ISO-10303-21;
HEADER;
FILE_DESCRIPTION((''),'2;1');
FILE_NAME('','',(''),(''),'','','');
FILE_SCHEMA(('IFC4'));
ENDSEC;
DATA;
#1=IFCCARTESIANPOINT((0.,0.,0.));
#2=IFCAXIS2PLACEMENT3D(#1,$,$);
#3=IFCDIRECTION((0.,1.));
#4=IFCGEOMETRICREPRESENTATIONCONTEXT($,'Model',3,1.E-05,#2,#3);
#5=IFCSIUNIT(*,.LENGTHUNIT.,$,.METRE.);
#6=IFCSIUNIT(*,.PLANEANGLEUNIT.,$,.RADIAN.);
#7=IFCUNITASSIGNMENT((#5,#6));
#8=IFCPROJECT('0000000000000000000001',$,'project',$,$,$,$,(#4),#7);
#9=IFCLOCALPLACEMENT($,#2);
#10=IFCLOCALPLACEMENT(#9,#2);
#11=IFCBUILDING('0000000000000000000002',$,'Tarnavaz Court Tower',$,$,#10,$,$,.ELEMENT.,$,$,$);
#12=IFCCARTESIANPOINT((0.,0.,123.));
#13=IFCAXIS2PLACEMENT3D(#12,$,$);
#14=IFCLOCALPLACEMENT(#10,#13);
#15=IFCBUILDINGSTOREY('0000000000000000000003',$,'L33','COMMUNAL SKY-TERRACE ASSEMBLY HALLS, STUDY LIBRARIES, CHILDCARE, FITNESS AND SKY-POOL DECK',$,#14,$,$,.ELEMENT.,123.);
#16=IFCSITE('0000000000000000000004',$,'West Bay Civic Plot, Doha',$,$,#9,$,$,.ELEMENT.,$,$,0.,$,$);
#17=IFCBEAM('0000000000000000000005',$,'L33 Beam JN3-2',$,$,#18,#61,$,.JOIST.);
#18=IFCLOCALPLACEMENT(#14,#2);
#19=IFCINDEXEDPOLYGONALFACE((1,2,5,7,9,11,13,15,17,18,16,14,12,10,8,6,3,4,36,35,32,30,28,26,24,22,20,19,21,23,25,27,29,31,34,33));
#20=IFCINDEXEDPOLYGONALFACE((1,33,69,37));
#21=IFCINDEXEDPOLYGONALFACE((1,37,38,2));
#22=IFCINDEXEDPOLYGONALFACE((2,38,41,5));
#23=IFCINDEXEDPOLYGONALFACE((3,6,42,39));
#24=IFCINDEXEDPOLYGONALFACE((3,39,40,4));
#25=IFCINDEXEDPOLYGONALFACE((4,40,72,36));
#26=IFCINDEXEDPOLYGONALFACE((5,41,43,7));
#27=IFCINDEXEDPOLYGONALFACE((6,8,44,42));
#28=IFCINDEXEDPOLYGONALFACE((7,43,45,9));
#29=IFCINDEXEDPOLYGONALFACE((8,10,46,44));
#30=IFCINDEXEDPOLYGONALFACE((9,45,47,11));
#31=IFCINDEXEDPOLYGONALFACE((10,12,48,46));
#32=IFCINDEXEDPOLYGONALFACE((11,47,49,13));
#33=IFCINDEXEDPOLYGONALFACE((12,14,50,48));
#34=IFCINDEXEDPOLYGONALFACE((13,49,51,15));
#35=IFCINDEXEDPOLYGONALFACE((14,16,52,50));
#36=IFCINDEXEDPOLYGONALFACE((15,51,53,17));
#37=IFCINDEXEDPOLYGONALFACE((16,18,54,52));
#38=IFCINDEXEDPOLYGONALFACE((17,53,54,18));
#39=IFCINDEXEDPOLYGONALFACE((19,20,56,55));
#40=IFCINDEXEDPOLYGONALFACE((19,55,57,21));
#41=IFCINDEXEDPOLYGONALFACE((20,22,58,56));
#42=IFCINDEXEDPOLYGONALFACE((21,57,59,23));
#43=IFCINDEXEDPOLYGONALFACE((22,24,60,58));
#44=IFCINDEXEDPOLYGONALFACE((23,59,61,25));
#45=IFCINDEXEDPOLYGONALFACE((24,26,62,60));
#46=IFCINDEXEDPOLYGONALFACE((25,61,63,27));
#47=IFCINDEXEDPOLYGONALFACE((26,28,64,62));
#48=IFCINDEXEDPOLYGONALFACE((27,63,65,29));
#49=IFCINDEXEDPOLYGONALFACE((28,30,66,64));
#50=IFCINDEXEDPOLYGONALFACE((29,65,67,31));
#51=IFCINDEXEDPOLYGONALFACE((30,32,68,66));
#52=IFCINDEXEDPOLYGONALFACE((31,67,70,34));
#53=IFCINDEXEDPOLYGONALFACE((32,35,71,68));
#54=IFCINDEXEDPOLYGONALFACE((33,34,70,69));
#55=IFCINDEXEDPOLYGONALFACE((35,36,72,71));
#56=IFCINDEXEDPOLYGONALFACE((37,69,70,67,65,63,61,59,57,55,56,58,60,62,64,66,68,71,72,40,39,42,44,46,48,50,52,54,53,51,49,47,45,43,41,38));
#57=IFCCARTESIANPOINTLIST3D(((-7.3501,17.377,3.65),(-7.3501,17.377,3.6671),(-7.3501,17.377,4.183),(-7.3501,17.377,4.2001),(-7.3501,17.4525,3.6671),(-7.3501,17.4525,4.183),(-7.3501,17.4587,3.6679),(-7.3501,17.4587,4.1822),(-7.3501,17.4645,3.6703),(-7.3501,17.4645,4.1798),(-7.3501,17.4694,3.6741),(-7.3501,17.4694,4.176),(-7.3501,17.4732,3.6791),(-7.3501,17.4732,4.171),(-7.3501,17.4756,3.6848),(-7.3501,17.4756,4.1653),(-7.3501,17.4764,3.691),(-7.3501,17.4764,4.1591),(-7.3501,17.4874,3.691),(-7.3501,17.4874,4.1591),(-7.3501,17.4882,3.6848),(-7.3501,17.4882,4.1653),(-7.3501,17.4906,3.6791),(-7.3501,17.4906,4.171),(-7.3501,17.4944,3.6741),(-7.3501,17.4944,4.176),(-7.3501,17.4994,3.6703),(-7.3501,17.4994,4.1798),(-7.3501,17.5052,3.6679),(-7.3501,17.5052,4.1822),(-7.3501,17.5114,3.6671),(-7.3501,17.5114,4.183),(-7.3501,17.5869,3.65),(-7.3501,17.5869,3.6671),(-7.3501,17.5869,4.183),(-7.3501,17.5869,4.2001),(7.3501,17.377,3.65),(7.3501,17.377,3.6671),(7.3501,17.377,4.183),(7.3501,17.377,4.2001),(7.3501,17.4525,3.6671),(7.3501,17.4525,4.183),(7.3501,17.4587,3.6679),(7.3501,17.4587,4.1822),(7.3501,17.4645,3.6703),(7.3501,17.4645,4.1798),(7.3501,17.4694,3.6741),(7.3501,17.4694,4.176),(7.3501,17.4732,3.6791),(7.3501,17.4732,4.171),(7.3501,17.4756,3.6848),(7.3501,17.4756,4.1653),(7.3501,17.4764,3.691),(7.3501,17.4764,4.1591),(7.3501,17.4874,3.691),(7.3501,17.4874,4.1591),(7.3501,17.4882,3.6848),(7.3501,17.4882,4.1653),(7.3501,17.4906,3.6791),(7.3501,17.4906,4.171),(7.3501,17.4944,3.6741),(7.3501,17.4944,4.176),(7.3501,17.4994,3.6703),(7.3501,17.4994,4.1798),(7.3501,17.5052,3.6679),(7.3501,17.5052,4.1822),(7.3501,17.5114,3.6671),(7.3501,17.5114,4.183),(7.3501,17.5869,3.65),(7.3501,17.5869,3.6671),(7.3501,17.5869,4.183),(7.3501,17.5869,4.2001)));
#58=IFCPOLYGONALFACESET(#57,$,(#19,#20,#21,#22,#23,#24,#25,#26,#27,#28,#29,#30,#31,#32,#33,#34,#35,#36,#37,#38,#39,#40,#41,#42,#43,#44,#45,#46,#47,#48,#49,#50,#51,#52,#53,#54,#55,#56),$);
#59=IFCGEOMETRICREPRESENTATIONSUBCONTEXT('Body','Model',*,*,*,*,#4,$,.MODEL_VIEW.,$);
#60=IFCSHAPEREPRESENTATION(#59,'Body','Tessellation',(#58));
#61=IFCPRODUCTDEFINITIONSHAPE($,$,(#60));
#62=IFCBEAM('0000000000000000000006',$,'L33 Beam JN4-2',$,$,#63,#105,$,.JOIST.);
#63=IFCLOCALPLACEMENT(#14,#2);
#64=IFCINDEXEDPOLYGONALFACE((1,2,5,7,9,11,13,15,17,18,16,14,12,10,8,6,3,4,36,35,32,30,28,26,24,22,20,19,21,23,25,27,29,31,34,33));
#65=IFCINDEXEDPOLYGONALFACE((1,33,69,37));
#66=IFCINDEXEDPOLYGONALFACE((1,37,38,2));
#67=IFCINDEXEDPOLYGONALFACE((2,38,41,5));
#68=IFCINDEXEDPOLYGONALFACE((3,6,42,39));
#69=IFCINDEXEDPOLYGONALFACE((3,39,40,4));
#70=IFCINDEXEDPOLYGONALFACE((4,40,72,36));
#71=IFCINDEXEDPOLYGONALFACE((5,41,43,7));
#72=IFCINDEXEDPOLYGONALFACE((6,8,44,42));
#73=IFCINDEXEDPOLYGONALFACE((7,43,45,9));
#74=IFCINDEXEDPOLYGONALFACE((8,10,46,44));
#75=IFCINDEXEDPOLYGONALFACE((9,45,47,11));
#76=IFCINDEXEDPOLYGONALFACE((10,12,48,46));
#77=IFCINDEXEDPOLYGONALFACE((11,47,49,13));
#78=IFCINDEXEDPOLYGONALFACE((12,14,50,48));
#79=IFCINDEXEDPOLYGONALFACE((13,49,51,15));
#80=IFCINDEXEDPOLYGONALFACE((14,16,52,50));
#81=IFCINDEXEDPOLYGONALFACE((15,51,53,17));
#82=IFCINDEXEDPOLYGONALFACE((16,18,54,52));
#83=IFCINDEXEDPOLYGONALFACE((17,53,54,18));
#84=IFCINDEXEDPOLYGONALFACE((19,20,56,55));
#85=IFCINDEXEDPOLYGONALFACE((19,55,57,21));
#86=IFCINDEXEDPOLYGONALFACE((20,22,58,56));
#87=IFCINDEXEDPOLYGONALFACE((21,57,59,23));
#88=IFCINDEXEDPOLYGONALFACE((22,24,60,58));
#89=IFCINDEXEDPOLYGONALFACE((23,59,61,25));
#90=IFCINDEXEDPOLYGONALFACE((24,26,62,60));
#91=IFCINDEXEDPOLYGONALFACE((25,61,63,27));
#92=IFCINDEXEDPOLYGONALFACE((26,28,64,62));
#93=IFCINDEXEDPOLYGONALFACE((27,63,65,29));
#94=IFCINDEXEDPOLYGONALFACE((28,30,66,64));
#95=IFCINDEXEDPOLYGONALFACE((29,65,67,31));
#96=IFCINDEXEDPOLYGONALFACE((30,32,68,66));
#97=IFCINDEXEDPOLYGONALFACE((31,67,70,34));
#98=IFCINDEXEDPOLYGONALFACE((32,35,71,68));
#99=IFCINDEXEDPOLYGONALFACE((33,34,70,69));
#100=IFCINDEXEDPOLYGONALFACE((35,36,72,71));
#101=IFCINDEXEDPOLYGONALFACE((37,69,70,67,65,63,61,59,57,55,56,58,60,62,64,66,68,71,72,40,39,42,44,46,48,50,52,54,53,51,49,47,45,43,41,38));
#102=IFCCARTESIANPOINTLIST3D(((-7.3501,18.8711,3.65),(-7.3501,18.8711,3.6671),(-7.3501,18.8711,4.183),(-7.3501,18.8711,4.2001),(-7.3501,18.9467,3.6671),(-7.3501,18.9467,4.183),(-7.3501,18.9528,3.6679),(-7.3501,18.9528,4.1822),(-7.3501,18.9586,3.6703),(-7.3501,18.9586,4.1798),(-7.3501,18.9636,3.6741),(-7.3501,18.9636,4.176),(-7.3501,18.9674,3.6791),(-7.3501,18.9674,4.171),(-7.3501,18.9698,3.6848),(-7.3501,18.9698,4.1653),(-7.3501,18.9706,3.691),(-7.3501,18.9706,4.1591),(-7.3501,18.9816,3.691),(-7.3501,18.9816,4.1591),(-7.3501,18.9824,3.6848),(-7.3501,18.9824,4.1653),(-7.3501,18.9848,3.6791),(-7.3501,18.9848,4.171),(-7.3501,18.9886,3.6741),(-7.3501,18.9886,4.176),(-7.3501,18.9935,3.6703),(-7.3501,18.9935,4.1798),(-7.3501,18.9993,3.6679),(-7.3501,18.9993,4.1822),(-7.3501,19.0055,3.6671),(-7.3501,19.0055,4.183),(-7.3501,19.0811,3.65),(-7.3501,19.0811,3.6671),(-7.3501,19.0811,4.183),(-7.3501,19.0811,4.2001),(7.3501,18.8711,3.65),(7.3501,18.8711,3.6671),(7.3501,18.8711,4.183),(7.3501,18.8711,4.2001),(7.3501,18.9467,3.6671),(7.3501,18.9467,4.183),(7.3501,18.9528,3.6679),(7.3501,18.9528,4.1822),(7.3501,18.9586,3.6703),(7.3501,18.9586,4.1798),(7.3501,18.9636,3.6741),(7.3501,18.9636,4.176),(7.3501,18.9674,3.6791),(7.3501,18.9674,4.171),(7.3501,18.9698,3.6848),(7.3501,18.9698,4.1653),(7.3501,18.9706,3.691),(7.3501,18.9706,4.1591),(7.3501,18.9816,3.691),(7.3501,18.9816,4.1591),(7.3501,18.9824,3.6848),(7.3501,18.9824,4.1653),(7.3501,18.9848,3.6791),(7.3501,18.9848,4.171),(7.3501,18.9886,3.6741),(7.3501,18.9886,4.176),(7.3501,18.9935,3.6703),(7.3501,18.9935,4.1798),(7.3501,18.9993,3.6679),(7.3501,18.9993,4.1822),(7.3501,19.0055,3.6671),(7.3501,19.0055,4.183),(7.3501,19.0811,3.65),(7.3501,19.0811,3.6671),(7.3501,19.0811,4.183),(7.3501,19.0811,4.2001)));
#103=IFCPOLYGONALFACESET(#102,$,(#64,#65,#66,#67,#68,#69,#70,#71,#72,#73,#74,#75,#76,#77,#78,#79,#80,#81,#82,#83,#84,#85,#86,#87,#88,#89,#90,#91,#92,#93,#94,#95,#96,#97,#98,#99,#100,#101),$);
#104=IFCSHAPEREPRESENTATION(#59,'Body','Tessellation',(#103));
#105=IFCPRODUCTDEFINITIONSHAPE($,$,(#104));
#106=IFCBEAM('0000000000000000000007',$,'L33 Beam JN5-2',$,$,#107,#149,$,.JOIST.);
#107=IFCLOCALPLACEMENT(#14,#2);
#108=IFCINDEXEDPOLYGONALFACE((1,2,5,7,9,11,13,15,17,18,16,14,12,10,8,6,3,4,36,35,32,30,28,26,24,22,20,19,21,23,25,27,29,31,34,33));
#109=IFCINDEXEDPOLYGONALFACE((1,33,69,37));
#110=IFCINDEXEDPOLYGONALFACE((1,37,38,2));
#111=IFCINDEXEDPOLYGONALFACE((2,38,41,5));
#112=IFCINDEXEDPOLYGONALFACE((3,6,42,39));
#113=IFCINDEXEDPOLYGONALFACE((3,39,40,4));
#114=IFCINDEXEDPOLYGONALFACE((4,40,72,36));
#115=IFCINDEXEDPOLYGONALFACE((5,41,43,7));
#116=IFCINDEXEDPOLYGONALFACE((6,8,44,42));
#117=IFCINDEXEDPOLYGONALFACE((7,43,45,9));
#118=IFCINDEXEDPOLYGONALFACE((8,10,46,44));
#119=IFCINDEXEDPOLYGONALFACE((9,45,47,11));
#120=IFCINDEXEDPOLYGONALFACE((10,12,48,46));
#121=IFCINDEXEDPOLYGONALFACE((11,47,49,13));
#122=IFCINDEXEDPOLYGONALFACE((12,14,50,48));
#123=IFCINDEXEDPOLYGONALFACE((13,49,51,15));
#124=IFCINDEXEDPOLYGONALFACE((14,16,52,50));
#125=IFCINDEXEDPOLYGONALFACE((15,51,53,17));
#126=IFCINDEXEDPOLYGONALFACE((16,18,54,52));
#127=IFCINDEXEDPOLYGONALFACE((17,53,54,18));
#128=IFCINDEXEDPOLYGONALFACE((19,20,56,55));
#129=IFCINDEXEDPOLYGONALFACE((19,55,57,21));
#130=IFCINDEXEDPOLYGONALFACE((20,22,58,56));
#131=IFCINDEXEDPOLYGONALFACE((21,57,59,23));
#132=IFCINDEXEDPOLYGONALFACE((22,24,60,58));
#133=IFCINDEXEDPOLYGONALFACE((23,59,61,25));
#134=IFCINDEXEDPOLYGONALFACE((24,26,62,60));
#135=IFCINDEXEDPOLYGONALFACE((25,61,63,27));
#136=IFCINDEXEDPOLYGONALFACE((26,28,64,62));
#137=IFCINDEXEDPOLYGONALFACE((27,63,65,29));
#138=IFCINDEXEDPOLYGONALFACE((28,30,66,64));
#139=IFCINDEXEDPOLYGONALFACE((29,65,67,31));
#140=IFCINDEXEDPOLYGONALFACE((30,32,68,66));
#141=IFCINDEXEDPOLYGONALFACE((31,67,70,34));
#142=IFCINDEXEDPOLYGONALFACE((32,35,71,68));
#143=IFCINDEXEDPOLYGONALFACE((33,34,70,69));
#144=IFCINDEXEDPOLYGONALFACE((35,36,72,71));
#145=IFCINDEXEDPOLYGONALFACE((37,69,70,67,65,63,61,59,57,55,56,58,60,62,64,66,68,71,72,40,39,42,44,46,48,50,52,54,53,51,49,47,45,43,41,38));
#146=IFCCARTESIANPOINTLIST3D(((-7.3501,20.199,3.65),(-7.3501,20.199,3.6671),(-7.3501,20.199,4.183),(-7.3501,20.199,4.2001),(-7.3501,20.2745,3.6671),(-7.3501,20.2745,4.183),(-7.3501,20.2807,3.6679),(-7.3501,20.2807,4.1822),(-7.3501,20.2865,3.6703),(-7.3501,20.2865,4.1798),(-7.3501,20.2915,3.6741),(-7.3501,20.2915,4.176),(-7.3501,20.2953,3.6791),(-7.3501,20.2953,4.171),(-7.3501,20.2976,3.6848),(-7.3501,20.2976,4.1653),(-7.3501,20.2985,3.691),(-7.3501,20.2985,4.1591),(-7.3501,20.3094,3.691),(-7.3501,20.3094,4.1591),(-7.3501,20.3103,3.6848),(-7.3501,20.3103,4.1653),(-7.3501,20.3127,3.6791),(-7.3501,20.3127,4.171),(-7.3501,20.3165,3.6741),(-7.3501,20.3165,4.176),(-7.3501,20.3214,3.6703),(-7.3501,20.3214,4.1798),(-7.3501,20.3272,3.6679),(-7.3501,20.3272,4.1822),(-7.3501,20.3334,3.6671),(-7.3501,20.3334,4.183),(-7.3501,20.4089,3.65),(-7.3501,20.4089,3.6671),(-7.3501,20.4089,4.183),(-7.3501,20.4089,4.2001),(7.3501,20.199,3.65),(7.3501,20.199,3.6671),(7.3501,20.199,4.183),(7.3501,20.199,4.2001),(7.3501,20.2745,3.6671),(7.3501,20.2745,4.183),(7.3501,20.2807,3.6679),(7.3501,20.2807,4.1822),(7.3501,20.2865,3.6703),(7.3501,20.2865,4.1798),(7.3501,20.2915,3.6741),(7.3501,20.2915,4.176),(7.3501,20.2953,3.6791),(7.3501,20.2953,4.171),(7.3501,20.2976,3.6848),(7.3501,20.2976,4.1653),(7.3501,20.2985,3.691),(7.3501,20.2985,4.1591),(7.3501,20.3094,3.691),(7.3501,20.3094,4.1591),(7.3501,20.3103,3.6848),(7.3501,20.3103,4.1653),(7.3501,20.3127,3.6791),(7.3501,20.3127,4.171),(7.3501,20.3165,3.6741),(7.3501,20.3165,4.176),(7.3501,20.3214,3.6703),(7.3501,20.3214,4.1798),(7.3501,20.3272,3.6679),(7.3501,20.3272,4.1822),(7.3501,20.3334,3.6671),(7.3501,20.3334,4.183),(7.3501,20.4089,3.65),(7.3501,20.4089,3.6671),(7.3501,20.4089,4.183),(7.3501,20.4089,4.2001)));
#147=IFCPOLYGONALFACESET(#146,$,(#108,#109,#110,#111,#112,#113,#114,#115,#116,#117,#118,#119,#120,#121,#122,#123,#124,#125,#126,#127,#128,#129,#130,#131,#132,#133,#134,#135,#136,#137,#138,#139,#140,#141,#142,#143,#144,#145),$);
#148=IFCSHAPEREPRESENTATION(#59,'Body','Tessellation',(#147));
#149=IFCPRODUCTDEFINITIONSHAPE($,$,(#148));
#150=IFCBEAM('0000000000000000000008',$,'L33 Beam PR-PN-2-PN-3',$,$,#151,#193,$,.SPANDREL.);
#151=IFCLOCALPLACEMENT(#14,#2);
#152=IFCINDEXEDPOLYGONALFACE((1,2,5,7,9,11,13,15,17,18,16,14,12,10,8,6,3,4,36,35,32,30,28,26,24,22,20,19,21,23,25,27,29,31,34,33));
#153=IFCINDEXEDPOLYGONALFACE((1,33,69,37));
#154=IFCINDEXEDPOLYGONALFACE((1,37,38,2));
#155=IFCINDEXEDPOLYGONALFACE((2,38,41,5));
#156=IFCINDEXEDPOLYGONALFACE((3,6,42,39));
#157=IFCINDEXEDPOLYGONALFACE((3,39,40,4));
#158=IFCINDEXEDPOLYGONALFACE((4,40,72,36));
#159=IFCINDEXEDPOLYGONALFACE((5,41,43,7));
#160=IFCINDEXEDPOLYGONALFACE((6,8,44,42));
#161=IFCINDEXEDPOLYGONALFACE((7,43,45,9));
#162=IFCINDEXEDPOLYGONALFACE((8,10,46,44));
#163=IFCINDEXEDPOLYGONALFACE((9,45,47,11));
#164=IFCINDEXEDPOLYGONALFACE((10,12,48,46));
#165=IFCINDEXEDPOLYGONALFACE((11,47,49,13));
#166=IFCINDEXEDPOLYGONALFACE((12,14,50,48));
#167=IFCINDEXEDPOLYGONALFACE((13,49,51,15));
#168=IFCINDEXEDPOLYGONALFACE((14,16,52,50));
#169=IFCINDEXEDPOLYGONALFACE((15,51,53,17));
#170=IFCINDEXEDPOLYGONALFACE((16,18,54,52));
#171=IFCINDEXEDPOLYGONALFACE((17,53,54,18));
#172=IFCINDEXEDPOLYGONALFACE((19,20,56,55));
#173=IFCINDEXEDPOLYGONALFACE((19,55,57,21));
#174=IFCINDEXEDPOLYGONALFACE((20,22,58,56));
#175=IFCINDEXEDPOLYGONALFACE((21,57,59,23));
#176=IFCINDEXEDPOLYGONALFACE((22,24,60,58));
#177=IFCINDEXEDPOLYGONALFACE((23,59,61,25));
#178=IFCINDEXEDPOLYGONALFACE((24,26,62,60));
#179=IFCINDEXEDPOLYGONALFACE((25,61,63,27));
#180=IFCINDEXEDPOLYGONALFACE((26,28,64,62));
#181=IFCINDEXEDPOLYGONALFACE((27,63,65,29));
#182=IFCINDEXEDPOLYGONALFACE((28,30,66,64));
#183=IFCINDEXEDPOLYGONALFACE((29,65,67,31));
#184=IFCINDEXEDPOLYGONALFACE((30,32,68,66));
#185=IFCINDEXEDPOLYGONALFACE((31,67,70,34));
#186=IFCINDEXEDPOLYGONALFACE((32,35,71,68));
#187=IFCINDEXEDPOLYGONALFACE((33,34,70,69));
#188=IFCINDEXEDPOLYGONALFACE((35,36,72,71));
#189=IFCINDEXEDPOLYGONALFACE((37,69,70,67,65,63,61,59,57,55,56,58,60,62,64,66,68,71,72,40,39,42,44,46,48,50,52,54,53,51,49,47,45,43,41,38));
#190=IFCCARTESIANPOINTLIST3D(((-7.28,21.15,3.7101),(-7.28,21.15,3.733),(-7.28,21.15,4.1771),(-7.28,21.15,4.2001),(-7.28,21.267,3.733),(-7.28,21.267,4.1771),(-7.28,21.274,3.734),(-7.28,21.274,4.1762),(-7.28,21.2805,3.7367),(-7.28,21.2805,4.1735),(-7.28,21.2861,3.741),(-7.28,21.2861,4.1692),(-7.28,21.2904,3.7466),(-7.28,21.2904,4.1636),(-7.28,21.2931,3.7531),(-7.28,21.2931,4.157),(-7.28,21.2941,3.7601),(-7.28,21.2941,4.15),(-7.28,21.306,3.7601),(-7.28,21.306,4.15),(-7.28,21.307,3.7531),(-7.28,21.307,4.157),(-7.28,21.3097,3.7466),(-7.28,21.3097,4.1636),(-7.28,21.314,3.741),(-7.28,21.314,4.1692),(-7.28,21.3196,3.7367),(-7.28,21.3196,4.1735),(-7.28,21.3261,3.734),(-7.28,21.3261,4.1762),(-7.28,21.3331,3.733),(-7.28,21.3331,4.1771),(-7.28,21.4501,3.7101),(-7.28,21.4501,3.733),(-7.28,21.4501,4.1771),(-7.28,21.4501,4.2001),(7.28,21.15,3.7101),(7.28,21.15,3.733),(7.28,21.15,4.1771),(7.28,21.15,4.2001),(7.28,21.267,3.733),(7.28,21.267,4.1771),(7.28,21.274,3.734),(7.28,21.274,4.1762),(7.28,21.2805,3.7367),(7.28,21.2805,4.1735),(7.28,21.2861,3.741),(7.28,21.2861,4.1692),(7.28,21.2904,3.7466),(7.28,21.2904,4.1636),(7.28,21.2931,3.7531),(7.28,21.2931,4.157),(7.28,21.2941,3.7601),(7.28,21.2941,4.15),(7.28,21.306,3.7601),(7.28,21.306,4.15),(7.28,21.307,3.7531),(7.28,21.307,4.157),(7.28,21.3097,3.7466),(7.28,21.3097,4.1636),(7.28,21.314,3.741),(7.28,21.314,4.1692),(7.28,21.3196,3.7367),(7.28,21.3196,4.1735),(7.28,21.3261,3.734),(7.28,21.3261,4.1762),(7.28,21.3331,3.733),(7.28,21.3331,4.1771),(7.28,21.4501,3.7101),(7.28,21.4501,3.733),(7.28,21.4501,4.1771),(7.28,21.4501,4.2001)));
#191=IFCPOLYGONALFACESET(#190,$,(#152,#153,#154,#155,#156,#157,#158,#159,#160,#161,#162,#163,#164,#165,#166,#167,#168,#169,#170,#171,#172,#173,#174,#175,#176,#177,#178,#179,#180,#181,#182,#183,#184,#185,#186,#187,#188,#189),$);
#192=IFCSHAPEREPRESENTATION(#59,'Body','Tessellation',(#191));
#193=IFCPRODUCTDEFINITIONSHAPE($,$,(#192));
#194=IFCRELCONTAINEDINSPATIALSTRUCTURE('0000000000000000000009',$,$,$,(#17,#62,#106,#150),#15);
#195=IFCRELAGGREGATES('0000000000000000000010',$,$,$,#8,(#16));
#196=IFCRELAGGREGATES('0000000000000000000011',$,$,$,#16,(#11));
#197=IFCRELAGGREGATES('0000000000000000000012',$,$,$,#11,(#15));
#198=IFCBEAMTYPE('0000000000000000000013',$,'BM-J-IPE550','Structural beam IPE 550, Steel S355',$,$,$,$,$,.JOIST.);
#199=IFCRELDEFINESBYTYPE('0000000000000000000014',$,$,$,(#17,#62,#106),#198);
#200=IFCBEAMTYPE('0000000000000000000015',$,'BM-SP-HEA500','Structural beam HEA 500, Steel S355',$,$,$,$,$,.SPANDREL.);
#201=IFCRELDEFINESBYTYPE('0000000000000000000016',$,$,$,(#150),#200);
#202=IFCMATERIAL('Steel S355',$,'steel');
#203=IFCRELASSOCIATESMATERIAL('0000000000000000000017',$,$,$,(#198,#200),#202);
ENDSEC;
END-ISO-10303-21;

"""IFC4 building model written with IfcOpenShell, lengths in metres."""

from ifc_helpers import new_model, si_unit, direction, frame, origin, origin_2d, place, context, subcontext, project, spatial, i_section, extrude, material, material_profile, profile_set, type_object, element, save


model = new_model("IFC4")

# Units and contexts
model_context = context("Model", 3, precision=1e-05, world=origin(), true_north=direction((0.0, 1.0)))
body_context = subcontext(model_context, "Body", "Model", "MODEL_VIEW")
ifc_project = project(units=[si_unit("LENGTHUNIT", "METRE"), si_unit("PLANEANGLEUNIT", "RADIAN")], contexts=[model_context])

# Site, building, storey
site_placement = place(None, origin())
site = spatial("IfcSite", under=ifc_project, at=site_placement, Name="West Bay Civic Plot, Doha", CompositionType="ELEMENT", RefElevation=0.0)
building_placement = place(site_placement, origin())
building = spatial("IfcBuilding", under=site, at=building_placement, Name="Tarnavaz Court Tower", CompositionType="ELEMENT")
storey_placement = place(building_placement, frame((0.0, 0.0, 123.0)))
storey = spatial("IfcBuildingStorey", under=building, at=storey_placement, Name="L33", Description="COMMUNAL SKY-TERRACE ASSEMBLY HALLS, STUDY LIBRARIES, CHILDCARE, FITNESS AND SKY-POOL DECK", CompositionType="ELEMENT", Elevation=123.0)

# Beams
ifc_material_1 = material(Name="Steel S355", Category="steel")
ifc_material_profile_1 = material_profile(ifc_material_1, i_section(OverallWidth=0.21, OverallDepth=0.55, WebThickness=0.011, FlangeThickness=0.0171, FilletRadius=0.0239, at=origin_2d()), Name="IPE 550")
ifc_profile_set_1 = profile_set([ifc_material_profile_1], Name="Steel S355")
beam_type_1 = type_object("IfcBeamType", Name="BM-J-IPE550", Description="Structural beam IPE 550, Steel S355", PredefinedType="JOIST", material=ifc_profile_set_1)
for number, where, z_axis, x_axis, name in (
    (1, (-7.3501, 17.4819, 3.925), (1.0, 0.0, 0.0), (0.0, 1.0, 0.0), "L33 Beam JN3-2"),
    (2, (-7.3501, 18.9761, 3.925), (1.0, 0.0, 0.0), (0.0, 1.0, 0.0), "L33 Beam JN4-2"),
    (3, (-7.3501, 20.304, 3.925), (1.0, 0.0, 0.0), (0.0, 1.0, 0.0), "L33 Beam JN5-2"),
):
    element("IfcBeam", number, at=place(storey_placement, frame(where, z_axis=z_axis, x_axis=x_axis)), inside=storey, type_object=beam_type_1, Name=name, PredefinedType="JOIST", context=body_context, shape_type="SweptSolid", body=[
        extrude(i_section(OverallWidth=0.21, OverallDepth=0.55, WebThickness=0.011, FlangeThickness=0.0171, FilletRadius=0.0239, at=origin_2d()), origin(), (0.0, 0.0, 1.0), 14.7002),
    ])
ifc_material_profile_2 = material_profile(ifc_material_1, i_section(OverallWidth=0.3, OverallDepth=0.49, WebThickness=0.012, FlangeThickness=0.0229, FilletRadius=0.0271, at=origin_2d()), Name="HEA 500")
ifc_profile_set_2 = profile_set([ifc_material_profile_2], Name="Steel S355")
beam_type_2 = type_object("IfcBeamType", Name="BM-SP-HEA500", Description="Structural beam HEA 500, Steel S355", PredefinedType="SPANDREL", material=ifc_profile_set_2)
beam_placement = place(storey_placement, frame((-7.28, 21.3, 3.9551), z_axis=(1.0, 0.0, 0.0), x_axis=(0.0, 1.0, 0.0)))
element("IfcBeam", 4, at=beam_placement, inside=storey, type_object=beam_type_2, Name="L33 Beam PR-PN-2-PN-3", PredefinedType="SPANDREL", context=body_context, shape_type="SweptSolid", body=[
    extrude(i_section(OverallWidth=0.3, OverallDepth=0.49, WebThickness=0.012, FlangeThickness=0.0229, FilletRadius=0.0271, at=origin_2d()), origin(), (0.0, 0.0, 1.0), 14.5601),
])

save(model, "model.ifc")
